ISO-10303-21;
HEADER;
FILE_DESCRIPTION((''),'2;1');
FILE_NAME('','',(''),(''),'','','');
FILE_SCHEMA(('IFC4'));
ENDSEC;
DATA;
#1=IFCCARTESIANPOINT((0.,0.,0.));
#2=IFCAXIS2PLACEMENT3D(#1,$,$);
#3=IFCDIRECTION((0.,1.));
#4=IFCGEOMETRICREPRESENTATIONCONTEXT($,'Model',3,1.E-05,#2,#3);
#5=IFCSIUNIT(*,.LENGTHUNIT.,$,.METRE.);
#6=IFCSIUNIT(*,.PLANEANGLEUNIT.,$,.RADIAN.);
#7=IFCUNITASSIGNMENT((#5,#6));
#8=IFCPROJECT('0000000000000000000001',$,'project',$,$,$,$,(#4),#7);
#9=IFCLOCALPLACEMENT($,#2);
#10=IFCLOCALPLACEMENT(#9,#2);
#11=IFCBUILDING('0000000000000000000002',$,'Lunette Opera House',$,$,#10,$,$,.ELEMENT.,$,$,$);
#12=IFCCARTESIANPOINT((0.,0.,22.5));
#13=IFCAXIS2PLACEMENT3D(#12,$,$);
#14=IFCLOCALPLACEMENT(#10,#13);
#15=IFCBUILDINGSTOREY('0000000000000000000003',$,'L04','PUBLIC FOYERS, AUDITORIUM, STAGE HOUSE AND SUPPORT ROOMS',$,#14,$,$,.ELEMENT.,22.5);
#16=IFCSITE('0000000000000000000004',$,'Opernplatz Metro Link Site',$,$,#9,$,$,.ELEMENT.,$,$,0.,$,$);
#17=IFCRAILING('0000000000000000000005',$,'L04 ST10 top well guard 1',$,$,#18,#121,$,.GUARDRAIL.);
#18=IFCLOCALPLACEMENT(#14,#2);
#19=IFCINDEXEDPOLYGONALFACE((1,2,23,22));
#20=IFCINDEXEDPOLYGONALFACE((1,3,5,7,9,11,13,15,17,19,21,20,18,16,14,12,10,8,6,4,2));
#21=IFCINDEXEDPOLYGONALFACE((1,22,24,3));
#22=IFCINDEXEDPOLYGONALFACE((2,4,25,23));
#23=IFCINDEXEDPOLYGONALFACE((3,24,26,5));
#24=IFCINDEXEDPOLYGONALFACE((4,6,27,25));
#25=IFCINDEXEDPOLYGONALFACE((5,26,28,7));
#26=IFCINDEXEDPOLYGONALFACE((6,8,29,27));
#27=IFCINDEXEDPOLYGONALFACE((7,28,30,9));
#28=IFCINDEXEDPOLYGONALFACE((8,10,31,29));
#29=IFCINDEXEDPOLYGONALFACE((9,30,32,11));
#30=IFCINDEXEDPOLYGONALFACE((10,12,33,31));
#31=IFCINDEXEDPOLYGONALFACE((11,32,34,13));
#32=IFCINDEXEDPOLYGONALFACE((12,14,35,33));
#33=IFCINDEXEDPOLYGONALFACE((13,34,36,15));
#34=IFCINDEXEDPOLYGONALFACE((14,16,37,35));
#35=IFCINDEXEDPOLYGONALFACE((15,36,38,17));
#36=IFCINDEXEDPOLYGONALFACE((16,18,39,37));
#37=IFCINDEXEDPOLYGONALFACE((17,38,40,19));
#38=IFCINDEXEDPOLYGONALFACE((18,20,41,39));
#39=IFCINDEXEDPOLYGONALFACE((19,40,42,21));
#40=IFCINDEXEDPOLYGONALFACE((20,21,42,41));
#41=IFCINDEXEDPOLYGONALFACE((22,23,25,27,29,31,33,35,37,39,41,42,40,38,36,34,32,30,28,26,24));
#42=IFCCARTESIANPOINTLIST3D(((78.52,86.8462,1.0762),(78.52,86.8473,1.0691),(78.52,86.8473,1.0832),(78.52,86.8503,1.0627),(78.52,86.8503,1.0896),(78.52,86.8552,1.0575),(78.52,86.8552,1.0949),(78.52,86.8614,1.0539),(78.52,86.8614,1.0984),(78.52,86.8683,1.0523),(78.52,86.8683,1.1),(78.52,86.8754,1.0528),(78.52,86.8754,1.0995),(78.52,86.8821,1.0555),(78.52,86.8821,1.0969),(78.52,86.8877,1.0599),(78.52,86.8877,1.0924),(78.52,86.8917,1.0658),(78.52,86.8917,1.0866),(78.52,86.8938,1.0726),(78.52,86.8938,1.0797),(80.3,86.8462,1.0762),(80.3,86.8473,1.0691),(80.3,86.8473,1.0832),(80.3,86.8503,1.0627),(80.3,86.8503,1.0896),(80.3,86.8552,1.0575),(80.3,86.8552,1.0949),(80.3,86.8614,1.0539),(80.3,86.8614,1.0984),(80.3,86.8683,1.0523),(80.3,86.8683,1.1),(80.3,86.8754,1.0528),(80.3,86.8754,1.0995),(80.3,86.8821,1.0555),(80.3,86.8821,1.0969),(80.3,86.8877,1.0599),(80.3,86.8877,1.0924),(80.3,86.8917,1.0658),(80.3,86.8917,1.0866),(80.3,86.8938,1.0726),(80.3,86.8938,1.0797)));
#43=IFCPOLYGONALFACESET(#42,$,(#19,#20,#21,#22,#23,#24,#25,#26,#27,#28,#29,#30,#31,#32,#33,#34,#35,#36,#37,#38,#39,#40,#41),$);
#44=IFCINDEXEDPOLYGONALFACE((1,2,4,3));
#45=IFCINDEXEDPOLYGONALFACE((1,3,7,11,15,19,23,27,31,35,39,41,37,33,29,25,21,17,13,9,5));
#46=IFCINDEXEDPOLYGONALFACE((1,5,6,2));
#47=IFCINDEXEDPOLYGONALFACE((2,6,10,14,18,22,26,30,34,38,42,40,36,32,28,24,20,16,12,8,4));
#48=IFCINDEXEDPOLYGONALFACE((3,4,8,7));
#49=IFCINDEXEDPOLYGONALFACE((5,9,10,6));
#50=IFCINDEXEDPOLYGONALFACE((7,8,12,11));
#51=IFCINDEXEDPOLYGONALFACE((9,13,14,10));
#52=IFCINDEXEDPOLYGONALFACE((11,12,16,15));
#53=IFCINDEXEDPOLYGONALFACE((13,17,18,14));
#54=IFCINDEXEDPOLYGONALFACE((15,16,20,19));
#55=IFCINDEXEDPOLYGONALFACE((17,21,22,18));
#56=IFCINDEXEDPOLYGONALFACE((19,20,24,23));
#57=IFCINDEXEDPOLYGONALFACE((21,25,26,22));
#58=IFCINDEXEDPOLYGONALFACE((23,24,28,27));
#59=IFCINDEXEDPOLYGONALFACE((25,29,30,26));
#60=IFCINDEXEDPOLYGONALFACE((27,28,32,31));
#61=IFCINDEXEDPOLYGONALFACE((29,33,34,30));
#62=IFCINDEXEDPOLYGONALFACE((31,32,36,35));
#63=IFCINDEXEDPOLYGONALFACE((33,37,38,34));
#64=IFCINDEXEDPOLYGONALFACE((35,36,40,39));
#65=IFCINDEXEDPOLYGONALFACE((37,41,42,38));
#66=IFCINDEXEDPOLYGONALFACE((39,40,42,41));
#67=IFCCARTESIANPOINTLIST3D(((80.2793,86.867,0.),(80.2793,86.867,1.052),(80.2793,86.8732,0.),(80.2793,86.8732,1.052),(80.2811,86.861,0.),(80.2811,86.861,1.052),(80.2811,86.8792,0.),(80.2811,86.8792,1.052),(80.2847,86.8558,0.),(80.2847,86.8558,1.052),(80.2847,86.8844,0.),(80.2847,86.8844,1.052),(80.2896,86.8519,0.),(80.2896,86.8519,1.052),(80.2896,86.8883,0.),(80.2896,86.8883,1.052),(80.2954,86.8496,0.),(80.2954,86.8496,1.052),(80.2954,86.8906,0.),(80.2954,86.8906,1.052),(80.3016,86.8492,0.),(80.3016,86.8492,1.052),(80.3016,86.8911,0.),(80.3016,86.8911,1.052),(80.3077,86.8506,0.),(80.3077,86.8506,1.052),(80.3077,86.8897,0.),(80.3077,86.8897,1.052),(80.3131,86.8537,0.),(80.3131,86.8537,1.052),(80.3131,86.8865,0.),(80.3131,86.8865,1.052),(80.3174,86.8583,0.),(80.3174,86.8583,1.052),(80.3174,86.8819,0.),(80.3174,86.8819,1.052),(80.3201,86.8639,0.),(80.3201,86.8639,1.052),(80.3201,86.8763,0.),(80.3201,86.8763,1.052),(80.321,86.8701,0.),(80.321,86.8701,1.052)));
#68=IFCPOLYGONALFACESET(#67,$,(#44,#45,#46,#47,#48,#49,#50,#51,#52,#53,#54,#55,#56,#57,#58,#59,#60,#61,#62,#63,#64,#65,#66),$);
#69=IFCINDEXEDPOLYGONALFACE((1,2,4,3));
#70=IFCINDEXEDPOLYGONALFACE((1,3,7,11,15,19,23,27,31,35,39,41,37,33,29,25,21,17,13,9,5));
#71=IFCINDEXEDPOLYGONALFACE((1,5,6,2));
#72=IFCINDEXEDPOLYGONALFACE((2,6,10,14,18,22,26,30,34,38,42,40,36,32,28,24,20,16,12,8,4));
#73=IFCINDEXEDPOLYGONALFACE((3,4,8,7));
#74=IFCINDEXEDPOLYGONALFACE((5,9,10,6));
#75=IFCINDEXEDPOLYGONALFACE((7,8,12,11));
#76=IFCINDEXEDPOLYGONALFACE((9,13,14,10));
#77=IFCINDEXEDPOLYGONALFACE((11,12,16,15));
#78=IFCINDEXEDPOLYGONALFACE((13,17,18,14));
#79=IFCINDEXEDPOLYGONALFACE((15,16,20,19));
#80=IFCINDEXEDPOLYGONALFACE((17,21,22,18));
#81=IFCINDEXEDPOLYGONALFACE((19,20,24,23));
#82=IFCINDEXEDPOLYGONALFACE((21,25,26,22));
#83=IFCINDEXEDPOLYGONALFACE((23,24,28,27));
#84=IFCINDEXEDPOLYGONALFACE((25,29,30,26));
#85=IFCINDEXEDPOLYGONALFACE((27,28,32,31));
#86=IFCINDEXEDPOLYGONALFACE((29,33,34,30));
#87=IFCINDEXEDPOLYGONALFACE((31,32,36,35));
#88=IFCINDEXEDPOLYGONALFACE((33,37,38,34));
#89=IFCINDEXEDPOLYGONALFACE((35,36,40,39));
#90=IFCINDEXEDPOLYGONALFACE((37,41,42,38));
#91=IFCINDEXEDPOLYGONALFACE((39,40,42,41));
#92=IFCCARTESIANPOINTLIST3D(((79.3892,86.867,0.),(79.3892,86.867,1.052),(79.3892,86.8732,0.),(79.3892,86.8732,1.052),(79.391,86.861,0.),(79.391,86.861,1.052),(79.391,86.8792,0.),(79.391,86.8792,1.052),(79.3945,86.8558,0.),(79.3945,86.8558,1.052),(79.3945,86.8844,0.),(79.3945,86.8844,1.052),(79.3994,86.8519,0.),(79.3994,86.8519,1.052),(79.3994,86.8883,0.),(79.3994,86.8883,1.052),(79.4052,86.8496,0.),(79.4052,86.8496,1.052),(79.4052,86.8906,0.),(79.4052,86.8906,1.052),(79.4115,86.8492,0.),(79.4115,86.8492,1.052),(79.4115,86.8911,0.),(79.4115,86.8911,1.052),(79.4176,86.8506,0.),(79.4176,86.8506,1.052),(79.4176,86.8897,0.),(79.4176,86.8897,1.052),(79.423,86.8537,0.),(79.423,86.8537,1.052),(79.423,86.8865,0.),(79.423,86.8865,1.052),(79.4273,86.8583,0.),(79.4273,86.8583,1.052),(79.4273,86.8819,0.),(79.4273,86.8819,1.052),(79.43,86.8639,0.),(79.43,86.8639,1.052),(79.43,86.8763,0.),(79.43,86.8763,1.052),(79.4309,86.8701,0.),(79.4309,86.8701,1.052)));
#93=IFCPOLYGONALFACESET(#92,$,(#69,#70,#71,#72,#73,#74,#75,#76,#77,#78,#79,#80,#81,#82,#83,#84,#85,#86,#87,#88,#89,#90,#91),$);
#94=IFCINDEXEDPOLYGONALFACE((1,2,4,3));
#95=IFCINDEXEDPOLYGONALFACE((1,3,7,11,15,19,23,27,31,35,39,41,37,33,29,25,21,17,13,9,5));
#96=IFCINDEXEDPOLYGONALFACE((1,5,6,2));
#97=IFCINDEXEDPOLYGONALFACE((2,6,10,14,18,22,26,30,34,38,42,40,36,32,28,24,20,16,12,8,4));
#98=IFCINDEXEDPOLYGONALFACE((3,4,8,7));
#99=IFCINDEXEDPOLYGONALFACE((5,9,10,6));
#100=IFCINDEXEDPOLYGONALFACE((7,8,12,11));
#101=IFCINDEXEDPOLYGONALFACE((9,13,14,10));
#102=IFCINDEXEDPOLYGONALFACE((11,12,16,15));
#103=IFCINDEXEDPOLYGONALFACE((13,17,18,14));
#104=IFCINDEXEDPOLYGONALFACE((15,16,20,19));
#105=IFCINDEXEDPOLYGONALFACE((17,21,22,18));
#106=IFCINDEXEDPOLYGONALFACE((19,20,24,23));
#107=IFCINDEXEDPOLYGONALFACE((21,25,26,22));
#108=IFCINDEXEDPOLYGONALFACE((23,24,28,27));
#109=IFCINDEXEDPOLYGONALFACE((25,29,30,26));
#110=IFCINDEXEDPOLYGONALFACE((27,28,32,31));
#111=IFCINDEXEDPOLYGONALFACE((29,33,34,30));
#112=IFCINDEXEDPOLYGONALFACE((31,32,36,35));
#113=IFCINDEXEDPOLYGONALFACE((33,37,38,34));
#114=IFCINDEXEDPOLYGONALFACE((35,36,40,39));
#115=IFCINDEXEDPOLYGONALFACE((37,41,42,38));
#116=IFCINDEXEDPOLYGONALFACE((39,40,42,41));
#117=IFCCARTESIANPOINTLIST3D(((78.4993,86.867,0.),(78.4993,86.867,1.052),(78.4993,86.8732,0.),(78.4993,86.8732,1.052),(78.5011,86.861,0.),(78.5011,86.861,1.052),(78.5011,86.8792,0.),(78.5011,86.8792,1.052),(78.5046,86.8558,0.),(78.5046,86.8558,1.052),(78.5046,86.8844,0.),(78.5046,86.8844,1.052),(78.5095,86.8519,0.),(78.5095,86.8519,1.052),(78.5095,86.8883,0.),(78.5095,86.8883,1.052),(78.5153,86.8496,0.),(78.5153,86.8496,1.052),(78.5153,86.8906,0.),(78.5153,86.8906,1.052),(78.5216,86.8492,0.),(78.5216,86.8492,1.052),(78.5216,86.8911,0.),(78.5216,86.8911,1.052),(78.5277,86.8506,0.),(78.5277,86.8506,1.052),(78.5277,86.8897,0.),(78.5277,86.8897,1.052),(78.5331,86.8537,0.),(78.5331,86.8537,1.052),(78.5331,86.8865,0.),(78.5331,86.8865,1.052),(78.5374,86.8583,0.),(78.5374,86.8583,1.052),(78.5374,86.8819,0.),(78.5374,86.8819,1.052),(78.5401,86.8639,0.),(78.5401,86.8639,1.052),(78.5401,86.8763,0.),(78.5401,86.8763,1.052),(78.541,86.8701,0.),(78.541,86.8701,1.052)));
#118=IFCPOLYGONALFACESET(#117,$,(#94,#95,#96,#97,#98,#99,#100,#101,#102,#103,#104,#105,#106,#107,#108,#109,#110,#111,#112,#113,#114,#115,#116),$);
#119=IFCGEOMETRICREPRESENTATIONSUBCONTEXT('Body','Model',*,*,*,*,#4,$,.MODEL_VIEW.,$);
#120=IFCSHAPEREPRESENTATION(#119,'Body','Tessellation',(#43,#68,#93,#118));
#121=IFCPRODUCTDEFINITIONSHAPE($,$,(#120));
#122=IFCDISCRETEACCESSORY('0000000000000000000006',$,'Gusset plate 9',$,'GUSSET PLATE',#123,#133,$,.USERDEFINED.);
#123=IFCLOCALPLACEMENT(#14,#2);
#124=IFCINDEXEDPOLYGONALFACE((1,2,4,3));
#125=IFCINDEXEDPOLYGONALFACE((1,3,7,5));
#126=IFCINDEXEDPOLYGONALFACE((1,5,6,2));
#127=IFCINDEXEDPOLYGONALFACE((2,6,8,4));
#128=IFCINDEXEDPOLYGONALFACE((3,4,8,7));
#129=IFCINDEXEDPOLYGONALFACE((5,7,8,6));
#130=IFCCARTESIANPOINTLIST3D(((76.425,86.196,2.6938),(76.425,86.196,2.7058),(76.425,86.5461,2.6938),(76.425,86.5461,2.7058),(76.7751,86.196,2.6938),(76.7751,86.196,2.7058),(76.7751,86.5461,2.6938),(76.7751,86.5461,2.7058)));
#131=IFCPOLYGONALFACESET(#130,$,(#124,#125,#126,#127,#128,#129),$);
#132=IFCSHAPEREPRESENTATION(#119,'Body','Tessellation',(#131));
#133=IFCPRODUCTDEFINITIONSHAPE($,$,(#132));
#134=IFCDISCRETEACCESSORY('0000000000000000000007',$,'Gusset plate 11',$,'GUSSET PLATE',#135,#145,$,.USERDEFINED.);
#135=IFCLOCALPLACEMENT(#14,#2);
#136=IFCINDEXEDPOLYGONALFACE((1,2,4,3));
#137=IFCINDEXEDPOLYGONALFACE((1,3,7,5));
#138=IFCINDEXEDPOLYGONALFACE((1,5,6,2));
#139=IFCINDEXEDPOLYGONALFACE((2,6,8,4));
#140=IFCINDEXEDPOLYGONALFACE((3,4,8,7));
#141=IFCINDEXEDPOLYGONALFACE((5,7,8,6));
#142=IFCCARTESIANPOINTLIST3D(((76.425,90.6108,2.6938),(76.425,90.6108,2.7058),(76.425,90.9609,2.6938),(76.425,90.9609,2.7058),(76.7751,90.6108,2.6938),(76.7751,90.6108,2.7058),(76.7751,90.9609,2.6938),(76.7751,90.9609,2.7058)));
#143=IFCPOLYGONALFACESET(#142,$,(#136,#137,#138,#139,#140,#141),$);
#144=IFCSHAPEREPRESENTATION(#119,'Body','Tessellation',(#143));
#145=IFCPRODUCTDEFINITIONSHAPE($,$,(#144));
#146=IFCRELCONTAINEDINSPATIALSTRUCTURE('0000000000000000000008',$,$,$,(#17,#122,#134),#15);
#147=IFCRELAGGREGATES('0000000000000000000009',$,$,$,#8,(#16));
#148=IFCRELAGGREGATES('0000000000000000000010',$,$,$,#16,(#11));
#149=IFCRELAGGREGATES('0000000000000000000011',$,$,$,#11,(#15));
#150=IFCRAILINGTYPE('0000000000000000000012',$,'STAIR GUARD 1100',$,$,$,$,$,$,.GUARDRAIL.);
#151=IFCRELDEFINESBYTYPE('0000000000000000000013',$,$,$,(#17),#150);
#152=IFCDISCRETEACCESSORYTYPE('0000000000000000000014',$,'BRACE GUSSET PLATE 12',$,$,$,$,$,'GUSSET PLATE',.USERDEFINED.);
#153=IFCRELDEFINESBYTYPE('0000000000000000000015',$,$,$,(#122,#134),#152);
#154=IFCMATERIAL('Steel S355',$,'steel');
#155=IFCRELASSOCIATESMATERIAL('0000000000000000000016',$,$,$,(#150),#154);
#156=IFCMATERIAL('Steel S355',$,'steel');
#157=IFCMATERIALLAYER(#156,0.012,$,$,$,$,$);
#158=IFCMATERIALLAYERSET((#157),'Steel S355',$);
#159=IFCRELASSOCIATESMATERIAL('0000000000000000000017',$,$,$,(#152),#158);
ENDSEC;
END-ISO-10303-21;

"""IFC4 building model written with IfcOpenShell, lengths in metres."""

from ifc_helpers import new_model, si_unit, direction, frame, origin, origin_2d, place, context, subcontext, project, spatial, rectangle, circle, extrude, material, layer, layer_set, type_object, element, save


model = new_model("IFC4")

# Units and contexts
model_context = context("Model", 3, precision=1e-05, world=origin(), true_north=direction((0.0, 1.0)))
body_context = subcontext(model_context, "Body", "Model", "MODEL_VIEW")
ifc_project = project(units=[si_unit("LENGTHUNIT", "METRE"), si_unit("PLANEANGLEUNIT", "RADIAN")], contexts=[model_context])

# Site, building, storey
site_placement = place(None, origin())
site = spatial("IfcSite", under=ifc_project, at=site_placement, Name="Opernplatz Metro Link Site", CompositionType="ELEMENT", RefElevation=0.0)
building_placement = place(site_placement, origin())
building = spatial("IfcBuilding", under=site, at=building_placement, Name="Lunette Opera House", CompositionType="ELEMENT")
storey_placement = place(building_placement, frame((0.0, 0.0, 22.5)))
storey = spatial("IfcBuildingStorey", under=building, at=storey_placement, Name="L04", Description="PUBLIC FOYERS, AUDITORIUM, STAGE HOUSE AND SUPPORT ROOMS", CompositionType="ELEMENT", Elevation=22.5)

# Railing
ifc_material_1 = material(Name="Steel S355", Category="steel")
railing_type = type_object("IfcRailingType", Name="STAIR GUARD 1100", PredefinedType="GUARDRAIL", material=ifc_material_1)
railing_placement = place(storey_placement, frame((80.3, 86.8701, 0.0)))
element("IfcRailing", 1, at=railing_placement, inside=storey, type_object=railing_type, Name="L04 ST10 top well guard 1", PredefinedType="GUARDRAIL", context=body_context, shape_type="SweptSolid", body=[
    extrude(circle(Radius=0.0239, at=origin_2d()), frame((0.0, 0.0, 1.0762), z_axis=(-1.0, 0.0, 0.0), x_axis=(0.0, -1.0, 0.0)), (0.0, 0.0, 1.0), 1.78),
    extrude(circle(Radius=0.021, at=origin_2d()), origin(), (0.0, 0.0, 1.0), 1.052),
    extrude(circle(Radius=0.021, at=origin_2d()), frame((-0.8901, 0.0, 0.0)), (0.0, 0.0, 1.0), 1.052),
    extrude(circle(Radius=0.021, at=origin_2d()), frame((-1.78, 0.0, 0.0)), (0.0, 0.0, 1.0), 1.052),
])

# Discrete accessories
ifc_material_2 = material(Name="Steel S355", Category="steel")
ifc_layer_1 = layer(ifc_material_2, 0.012)
ifc_layer_set_1 = layer_set([ifc_layer_1], Name="Steel S355")
discrete_accessory_type = type_object("IfcDiscreteAccessoryType", Name="BRACE GUSSET PLATE 12", ElementType="GUSSET PLATE", PredefinedType="USERDEFINED", material=ifc_layer_set_1)
for number, where, z_axis, x_axis, name in (
    (2, (76.6001, 86.3711, 2.6938), (0.0, 0.0, 1.0), (1.0, 0.0, 0.0), "Gusset plate 9"),
    (3, (76.6001, 90.7859, 2.6938), (0.0, 0.0, 1.0), (1.0, 0.0, 0.0), "Gusset plate 11"),
):
    element("IfcDiscreteAccessory", number, at=place(storey_placement, frame(where, z_axis=z_axis, x_axis=x_axis)), inside=storey, type_object=discrete_accessory_type, Name=name, ObjectType="GUSSET PLATE", PredefinedType="USERDEFINED", context=body_context, shape_type="SweptSolid", body=[
        extrude(rectangle(XDim=0.3501, YDim=0.3501, at=origin_2d()), origin(), (0.0, 0.0, 1.0), 0.012),
    ])

save(model, "model.ifc")
